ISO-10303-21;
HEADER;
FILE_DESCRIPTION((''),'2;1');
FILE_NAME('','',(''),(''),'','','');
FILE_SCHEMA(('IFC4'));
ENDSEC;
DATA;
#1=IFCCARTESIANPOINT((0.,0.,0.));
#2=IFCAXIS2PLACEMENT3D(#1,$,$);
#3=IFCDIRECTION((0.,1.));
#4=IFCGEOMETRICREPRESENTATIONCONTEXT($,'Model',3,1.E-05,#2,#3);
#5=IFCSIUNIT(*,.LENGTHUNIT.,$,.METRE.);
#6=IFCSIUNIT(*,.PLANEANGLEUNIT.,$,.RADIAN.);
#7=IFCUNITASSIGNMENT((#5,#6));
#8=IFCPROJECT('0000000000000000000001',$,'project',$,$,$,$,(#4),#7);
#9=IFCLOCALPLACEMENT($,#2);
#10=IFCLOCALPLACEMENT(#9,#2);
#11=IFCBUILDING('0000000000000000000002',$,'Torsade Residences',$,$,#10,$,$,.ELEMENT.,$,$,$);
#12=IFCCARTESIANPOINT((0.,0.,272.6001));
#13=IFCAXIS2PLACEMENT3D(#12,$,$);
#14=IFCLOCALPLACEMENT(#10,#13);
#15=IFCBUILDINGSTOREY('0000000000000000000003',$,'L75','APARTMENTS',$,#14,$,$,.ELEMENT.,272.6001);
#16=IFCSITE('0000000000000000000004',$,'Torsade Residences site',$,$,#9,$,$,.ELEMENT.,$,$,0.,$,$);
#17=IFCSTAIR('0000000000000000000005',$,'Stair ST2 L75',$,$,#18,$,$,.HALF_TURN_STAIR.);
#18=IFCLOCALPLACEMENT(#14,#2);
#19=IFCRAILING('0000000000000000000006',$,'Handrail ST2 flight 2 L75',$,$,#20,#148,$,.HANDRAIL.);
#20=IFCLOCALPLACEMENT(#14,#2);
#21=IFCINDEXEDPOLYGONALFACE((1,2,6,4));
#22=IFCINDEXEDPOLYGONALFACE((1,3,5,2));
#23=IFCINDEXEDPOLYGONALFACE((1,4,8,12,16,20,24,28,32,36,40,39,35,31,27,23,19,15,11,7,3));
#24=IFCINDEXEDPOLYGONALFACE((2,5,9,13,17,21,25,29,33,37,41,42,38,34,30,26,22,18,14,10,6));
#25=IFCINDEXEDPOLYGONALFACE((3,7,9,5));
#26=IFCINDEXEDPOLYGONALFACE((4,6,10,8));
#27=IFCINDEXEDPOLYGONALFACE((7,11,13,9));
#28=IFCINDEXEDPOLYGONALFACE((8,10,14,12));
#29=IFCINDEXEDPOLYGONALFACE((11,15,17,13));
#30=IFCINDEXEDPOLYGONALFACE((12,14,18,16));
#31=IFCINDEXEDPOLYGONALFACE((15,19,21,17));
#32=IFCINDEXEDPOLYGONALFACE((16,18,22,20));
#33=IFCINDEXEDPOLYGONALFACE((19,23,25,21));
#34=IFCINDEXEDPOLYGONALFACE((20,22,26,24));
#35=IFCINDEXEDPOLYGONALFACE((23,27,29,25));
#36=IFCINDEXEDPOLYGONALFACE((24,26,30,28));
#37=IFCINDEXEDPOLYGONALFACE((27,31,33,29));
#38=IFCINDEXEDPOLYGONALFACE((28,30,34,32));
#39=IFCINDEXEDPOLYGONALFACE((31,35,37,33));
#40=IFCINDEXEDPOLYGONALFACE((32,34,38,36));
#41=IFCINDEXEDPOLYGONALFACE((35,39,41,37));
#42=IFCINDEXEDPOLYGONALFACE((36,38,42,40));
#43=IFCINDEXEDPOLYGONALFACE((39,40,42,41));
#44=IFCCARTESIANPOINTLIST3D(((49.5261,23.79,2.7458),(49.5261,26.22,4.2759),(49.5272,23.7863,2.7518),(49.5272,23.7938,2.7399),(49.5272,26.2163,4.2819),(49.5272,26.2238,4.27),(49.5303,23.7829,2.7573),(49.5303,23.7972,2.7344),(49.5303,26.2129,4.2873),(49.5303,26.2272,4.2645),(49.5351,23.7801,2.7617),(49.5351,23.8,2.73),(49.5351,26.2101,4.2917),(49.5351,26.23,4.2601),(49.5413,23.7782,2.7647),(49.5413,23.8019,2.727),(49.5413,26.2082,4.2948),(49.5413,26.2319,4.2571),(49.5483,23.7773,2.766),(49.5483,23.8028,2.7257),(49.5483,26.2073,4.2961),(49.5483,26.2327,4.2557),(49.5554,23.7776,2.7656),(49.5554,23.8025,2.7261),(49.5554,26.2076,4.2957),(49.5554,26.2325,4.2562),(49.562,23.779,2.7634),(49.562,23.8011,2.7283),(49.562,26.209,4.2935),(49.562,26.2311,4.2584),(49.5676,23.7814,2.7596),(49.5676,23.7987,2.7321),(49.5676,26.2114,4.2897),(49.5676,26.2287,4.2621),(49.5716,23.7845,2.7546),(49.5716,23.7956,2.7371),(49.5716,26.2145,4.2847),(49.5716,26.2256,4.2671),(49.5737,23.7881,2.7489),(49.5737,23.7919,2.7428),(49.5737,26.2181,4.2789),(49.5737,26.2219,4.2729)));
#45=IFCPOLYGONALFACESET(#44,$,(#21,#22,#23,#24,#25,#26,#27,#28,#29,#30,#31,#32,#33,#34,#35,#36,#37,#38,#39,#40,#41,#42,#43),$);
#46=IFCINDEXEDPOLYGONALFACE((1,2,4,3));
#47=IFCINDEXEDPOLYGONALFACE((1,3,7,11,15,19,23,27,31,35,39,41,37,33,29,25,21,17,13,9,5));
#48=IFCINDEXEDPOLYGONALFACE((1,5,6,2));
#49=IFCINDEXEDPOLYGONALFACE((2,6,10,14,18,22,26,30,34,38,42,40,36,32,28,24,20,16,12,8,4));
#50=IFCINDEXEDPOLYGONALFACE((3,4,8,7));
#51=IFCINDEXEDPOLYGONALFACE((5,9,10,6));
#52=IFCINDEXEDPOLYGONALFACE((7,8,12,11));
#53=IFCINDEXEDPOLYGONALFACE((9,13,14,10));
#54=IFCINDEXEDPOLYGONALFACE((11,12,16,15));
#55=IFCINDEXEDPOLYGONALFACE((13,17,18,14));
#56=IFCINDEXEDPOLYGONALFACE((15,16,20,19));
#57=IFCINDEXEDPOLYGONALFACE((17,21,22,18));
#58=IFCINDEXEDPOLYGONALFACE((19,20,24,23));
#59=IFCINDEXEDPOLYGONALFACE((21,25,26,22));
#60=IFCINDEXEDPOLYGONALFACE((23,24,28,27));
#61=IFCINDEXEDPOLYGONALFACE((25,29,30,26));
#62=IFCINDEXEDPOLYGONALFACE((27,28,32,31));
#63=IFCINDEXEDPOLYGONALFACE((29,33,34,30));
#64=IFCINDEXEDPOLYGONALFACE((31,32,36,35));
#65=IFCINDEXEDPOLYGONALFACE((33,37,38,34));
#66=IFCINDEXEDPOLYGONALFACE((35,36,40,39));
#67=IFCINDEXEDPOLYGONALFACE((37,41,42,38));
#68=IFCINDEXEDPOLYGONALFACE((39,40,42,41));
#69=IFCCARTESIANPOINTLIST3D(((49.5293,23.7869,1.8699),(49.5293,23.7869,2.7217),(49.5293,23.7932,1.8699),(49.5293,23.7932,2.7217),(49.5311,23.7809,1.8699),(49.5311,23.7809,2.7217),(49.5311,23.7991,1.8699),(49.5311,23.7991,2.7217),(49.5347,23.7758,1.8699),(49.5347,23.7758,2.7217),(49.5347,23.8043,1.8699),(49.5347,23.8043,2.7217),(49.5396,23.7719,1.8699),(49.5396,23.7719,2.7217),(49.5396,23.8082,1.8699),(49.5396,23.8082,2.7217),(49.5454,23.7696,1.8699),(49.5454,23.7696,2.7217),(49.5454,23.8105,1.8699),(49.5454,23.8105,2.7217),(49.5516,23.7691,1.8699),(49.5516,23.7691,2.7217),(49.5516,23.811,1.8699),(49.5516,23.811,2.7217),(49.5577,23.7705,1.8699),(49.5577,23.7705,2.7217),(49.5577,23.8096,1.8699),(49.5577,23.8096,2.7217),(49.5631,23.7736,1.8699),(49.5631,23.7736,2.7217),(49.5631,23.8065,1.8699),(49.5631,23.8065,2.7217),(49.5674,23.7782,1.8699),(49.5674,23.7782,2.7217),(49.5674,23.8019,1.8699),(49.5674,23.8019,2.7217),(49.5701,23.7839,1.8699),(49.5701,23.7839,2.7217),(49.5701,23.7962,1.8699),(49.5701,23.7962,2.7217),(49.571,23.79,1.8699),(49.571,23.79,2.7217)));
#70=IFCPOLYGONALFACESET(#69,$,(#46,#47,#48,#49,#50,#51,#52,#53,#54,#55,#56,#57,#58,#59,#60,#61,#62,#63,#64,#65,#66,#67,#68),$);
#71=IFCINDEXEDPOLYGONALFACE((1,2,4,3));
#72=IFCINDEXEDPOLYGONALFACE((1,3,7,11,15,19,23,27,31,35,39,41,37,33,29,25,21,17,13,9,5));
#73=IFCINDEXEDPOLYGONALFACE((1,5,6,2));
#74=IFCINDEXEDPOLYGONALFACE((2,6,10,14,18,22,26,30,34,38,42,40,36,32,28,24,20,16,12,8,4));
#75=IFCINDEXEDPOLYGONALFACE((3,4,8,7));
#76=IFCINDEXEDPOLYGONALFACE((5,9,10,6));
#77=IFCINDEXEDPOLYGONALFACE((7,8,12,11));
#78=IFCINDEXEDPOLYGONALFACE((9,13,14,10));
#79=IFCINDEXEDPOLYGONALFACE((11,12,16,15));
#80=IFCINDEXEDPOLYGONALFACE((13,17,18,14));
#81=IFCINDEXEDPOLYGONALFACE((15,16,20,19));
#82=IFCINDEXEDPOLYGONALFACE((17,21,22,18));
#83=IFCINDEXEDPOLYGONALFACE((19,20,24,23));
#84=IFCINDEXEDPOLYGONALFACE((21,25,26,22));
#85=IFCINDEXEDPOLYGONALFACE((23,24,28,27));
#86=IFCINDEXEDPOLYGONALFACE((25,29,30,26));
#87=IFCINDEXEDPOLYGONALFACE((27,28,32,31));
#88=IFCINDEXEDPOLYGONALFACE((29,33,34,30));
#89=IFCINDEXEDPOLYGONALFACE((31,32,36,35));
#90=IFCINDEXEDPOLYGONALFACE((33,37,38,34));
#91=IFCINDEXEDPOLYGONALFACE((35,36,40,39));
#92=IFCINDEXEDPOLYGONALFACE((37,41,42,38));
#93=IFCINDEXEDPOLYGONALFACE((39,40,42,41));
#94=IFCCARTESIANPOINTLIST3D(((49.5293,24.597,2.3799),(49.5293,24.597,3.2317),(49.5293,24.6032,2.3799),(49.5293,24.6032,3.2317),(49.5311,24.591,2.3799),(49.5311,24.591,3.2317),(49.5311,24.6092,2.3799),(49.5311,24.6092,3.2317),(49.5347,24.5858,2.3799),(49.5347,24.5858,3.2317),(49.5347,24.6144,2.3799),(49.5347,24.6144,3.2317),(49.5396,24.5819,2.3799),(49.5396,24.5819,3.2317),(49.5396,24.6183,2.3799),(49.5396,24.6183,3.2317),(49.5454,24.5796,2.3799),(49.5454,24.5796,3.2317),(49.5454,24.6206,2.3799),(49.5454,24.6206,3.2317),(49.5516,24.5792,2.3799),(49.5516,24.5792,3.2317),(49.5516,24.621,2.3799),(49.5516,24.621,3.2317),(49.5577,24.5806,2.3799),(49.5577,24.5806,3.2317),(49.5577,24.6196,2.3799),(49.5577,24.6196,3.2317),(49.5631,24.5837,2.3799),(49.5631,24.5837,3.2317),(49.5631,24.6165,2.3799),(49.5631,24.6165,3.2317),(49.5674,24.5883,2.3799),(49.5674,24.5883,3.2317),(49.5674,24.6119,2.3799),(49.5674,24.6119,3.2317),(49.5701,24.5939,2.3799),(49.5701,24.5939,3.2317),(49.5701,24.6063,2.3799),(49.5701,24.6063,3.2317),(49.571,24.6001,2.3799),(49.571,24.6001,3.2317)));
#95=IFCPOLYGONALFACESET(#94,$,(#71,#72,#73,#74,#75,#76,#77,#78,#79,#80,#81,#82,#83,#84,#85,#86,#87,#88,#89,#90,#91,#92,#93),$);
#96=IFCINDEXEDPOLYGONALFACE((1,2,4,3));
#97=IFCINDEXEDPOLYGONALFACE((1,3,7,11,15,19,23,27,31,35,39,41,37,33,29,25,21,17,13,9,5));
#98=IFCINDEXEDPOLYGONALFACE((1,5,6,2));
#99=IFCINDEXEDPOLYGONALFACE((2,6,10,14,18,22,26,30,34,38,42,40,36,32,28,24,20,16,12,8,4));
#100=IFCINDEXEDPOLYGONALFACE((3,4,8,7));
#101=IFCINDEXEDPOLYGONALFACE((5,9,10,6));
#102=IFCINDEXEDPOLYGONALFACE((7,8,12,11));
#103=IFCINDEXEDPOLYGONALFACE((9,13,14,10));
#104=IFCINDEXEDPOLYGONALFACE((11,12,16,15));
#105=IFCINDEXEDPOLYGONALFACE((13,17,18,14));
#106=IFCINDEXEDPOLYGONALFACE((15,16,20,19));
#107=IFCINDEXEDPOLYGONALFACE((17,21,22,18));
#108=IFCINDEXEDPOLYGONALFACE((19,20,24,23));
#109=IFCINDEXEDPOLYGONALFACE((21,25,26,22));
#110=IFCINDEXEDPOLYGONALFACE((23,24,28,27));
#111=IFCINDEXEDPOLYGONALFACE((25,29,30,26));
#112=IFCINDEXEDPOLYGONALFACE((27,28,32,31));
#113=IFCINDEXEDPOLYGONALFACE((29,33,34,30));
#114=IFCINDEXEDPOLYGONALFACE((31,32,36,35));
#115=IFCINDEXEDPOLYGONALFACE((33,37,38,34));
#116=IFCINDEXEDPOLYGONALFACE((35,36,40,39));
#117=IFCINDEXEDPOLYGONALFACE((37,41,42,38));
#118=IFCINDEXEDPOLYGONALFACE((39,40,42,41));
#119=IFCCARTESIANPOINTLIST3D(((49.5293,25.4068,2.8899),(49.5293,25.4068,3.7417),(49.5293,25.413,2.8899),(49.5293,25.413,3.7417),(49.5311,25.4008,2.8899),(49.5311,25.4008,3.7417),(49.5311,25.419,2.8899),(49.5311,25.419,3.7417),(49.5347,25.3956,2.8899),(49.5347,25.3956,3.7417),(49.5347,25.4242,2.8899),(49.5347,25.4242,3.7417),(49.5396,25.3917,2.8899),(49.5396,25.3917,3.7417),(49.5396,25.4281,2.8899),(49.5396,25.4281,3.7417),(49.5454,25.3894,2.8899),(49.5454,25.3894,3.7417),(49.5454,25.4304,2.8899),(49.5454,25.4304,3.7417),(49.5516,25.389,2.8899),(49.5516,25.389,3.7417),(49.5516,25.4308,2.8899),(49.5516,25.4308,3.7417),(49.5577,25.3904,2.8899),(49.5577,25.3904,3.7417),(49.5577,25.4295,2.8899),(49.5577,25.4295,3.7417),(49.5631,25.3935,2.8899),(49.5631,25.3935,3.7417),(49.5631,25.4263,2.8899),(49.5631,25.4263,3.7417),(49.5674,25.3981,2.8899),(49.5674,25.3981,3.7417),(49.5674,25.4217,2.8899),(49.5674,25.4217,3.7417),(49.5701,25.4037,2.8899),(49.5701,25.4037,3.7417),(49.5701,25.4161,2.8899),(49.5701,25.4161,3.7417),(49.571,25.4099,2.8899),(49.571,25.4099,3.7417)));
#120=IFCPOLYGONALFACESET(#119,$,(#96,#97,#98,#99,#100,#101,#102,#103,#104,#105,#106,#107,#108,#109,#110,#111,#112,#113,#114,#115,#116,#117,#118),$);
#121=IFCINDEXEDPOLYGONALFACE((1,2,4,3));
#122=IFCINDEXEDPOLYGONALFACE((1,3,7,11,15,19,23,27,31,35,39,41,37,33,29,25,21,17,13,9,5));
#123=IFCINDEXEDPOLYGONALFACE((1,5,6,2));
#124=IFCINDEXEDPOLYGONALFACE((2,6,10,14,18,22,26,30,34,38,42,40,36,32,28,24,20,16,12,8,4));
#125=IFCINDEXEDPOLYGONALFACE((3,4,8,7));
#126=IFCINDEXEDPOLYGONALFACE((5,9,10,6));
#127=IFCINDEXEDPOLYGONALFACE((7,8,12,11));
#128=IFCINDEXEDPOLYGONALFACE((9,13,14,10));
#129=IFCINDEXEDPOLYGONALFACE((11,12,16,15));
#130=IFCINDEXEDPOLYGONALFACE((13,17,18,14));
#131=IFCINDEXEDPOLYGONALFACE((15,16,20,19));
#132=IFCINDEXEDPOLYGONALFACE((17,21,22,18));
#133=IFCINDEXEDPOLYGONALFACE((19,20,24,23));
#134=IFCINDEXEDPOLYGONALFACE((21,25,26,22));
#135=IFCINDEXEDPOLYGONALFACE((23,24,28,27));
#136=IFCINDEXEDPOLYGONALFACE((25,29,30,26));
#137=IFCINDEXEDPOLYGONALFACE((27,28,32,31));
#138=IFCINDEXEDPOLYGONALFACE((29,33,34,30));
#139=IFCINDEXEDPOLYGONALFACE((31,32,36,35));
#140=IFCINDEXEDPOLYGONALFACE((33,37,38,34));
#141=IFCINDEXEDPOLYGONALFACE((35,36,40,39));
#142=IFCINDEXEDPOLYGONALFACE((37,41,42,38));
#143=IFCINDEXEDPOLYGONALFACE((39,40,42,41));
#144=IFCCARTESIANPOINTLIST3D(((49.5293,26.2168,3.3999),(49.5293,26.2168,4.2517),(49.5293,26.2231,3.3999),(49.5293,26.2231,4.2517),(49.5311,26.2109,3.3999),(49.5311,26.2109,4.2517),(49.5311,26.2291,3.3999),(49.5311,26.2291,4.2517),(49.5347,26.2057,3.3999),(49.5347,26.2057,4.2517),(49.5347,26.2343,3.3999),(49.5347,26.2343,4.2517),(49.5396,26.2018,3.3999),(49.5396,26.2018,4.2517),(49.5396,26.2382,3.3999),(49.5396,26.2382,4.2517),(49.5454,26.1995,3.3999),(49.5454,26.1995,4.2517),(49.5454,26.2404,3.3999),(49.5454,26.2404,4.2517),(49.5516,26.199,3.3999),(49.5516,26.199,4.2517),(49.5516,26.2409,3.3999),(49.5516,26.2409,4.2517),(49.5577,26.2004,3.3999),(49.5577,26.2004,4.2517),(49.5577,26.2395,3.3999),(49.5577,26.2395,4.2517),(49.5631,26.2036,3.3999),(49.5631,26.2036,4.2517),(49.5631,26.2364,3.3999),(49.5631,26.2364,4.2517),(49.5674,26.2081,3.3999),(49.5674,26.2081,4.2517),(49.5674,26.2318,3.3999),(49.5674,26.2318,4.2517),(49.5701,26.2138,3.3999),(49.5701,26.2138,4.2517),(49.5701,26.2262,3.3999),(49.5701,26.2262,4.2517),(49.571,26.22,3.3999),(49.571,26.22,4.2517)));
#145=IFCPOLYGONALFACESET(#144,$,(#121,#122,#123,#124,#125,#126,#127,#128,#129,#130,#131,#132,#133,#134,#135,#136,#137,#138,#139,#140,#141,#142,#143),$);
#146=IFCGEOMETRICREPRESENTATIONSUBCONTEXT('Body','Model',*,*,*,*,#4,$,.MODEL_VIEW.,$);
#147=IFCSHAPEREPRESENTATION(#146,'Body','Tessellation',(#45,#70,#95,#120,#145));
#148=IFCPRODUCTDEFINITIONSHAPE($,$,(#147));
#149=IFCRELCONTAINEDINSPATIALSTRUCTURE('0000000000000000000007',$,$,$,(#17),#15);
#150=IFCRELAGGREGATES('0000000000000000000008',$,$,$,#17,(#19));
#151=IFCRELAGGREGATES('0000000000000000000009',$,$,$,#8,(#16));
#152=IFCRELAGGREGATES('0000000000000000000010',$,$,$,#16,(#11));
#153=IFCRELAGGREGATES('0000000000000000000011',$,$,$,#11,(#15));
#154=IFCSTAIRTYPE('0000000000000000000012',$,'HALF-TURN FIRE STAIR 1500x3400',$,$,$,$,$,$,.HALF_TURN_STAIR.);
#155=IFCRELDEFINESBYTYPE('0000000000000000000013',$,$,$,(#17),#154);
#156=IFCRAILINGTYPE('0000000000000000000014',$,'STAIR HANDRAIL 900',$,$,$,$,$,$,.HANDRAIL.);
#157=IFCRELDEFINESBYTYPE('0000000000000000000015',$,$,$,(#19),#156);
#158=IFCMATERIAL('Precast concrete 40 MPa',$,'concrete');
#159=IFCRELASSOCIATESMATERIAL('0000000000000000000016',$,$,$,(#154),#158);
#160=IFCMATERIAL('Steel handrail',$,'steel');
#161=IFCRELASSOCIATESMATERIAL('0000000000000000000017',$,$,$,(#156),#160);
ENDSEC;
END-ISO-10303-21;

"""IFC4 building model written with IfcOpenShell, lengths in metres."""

from ifc_helpers import new_model, si_unit, direction, frame, origin, origin_2d, place, context, subcontext, project, spatial, circle, extrude, material, type_object, element, aggregate, save


model = new_model("IFC4")

# Units and contexts
model_context = context("Model", 3, precision=1e-05, world=origin(), true_north=direction((0.0, 1.0)))
body_context = subcontext(model_context, "Body", "Model", "MODEL_VIEW")
ifc_project = project(units=[si_unit("LENGTHUNIT", "METRE"), si_unit("PLANEANGLEUNIT", "RADIAN")], contexts=[model_context])

# Site, building, storey
site_placement = place(None, origin())
site = spatial("IfcSite", under=ifc_project, at=site_placement, Name="Torsade Residences site", CompositionType="ELEMENT", RefElevation=0.0)
building_placement = place(site_placement, origin())
building = spatial("IfcBuilding", under=site, at=building_placement, Name="Torsade Residences", CompositionType="ELEMENT")
storey_placement = place(building_placement, frame((0.0, 0.0, 272.6001)))
storey = spatial("IfcBuildingStorey", under=building, at=storey_placement, Name="L75", Description="APARTMENTS", CompositionType="ELEMENT", Elevation=272.6001)

# Stair, railing
ifc_material_1 = material(Name="Precast concrete 40 MPa", Category="concrete")
stair_type = type_object("IfcStairType", Name="HALF-TURN FIRE STAIR 1500x3400", PredefinedType="HALF_TURN_STAIR", material=ifc_material_1)
stair_placement = place(storey_placement, origin())
stair = element("IfcStair", 1, at=stair_placement, inside=storey, type_object=stair_type, Name="Stair ST2 L75", PredefinedType="HALF_TURN_STAIR")
ifc_material_2 = material(Name="Steel handrail", Category="steel")
railing_type = type_object("IfcRailingType", Name="STAIR HANDRAIL 900", PredefinedType="HANDRAIL", material=ifc_material_2)
railing_1_placement = place(storey_placement, frame((49.55, 23.79, 1.8699)))
railing_1 = element("IfcRailing", 2, at=railing_1_placement, type_object=railing_type, Name="Handrail ST2 flight 2 L75", PredefinedType="HANDRAIL", context=body_context, shape_type="SweptSolid", body=[
    extrude(circle(Radius=0.0239, at=origin_2d()), frame((0.0, 0.0, 0.876), z_axis=(0.0, 0.846221, 0.532831), x_axis=(-1.0, 0.0, 0.0)), (0.0, 0.0, 1.0), 2.8716),
    extrude(circle(Radius=0.021, at=origin_2d()), origin(), (0.0, 0.0, 1.0), 0.8518),
    extrude(circle(Radius=0.021, at=origin_2d()), frame((0.0, 0.8101, 0.51)), (0.0, 0.0, 1.0), 0.8518),
    extrude(circle(Radius=0.021, at=origin_2d()), frame((0.0, 1.6199, 1.02)), (0.0, 0.0, 1.0), 0.8518),
    extrude(circle(Radius=0.021, at=origin_2d()), frame((0.0, 2.4299, 1.53)), (0.0, 0.0, 1.0), 0.8518),
])
aggregate(stair, [railing_1])

save(model, "model.ifc")
